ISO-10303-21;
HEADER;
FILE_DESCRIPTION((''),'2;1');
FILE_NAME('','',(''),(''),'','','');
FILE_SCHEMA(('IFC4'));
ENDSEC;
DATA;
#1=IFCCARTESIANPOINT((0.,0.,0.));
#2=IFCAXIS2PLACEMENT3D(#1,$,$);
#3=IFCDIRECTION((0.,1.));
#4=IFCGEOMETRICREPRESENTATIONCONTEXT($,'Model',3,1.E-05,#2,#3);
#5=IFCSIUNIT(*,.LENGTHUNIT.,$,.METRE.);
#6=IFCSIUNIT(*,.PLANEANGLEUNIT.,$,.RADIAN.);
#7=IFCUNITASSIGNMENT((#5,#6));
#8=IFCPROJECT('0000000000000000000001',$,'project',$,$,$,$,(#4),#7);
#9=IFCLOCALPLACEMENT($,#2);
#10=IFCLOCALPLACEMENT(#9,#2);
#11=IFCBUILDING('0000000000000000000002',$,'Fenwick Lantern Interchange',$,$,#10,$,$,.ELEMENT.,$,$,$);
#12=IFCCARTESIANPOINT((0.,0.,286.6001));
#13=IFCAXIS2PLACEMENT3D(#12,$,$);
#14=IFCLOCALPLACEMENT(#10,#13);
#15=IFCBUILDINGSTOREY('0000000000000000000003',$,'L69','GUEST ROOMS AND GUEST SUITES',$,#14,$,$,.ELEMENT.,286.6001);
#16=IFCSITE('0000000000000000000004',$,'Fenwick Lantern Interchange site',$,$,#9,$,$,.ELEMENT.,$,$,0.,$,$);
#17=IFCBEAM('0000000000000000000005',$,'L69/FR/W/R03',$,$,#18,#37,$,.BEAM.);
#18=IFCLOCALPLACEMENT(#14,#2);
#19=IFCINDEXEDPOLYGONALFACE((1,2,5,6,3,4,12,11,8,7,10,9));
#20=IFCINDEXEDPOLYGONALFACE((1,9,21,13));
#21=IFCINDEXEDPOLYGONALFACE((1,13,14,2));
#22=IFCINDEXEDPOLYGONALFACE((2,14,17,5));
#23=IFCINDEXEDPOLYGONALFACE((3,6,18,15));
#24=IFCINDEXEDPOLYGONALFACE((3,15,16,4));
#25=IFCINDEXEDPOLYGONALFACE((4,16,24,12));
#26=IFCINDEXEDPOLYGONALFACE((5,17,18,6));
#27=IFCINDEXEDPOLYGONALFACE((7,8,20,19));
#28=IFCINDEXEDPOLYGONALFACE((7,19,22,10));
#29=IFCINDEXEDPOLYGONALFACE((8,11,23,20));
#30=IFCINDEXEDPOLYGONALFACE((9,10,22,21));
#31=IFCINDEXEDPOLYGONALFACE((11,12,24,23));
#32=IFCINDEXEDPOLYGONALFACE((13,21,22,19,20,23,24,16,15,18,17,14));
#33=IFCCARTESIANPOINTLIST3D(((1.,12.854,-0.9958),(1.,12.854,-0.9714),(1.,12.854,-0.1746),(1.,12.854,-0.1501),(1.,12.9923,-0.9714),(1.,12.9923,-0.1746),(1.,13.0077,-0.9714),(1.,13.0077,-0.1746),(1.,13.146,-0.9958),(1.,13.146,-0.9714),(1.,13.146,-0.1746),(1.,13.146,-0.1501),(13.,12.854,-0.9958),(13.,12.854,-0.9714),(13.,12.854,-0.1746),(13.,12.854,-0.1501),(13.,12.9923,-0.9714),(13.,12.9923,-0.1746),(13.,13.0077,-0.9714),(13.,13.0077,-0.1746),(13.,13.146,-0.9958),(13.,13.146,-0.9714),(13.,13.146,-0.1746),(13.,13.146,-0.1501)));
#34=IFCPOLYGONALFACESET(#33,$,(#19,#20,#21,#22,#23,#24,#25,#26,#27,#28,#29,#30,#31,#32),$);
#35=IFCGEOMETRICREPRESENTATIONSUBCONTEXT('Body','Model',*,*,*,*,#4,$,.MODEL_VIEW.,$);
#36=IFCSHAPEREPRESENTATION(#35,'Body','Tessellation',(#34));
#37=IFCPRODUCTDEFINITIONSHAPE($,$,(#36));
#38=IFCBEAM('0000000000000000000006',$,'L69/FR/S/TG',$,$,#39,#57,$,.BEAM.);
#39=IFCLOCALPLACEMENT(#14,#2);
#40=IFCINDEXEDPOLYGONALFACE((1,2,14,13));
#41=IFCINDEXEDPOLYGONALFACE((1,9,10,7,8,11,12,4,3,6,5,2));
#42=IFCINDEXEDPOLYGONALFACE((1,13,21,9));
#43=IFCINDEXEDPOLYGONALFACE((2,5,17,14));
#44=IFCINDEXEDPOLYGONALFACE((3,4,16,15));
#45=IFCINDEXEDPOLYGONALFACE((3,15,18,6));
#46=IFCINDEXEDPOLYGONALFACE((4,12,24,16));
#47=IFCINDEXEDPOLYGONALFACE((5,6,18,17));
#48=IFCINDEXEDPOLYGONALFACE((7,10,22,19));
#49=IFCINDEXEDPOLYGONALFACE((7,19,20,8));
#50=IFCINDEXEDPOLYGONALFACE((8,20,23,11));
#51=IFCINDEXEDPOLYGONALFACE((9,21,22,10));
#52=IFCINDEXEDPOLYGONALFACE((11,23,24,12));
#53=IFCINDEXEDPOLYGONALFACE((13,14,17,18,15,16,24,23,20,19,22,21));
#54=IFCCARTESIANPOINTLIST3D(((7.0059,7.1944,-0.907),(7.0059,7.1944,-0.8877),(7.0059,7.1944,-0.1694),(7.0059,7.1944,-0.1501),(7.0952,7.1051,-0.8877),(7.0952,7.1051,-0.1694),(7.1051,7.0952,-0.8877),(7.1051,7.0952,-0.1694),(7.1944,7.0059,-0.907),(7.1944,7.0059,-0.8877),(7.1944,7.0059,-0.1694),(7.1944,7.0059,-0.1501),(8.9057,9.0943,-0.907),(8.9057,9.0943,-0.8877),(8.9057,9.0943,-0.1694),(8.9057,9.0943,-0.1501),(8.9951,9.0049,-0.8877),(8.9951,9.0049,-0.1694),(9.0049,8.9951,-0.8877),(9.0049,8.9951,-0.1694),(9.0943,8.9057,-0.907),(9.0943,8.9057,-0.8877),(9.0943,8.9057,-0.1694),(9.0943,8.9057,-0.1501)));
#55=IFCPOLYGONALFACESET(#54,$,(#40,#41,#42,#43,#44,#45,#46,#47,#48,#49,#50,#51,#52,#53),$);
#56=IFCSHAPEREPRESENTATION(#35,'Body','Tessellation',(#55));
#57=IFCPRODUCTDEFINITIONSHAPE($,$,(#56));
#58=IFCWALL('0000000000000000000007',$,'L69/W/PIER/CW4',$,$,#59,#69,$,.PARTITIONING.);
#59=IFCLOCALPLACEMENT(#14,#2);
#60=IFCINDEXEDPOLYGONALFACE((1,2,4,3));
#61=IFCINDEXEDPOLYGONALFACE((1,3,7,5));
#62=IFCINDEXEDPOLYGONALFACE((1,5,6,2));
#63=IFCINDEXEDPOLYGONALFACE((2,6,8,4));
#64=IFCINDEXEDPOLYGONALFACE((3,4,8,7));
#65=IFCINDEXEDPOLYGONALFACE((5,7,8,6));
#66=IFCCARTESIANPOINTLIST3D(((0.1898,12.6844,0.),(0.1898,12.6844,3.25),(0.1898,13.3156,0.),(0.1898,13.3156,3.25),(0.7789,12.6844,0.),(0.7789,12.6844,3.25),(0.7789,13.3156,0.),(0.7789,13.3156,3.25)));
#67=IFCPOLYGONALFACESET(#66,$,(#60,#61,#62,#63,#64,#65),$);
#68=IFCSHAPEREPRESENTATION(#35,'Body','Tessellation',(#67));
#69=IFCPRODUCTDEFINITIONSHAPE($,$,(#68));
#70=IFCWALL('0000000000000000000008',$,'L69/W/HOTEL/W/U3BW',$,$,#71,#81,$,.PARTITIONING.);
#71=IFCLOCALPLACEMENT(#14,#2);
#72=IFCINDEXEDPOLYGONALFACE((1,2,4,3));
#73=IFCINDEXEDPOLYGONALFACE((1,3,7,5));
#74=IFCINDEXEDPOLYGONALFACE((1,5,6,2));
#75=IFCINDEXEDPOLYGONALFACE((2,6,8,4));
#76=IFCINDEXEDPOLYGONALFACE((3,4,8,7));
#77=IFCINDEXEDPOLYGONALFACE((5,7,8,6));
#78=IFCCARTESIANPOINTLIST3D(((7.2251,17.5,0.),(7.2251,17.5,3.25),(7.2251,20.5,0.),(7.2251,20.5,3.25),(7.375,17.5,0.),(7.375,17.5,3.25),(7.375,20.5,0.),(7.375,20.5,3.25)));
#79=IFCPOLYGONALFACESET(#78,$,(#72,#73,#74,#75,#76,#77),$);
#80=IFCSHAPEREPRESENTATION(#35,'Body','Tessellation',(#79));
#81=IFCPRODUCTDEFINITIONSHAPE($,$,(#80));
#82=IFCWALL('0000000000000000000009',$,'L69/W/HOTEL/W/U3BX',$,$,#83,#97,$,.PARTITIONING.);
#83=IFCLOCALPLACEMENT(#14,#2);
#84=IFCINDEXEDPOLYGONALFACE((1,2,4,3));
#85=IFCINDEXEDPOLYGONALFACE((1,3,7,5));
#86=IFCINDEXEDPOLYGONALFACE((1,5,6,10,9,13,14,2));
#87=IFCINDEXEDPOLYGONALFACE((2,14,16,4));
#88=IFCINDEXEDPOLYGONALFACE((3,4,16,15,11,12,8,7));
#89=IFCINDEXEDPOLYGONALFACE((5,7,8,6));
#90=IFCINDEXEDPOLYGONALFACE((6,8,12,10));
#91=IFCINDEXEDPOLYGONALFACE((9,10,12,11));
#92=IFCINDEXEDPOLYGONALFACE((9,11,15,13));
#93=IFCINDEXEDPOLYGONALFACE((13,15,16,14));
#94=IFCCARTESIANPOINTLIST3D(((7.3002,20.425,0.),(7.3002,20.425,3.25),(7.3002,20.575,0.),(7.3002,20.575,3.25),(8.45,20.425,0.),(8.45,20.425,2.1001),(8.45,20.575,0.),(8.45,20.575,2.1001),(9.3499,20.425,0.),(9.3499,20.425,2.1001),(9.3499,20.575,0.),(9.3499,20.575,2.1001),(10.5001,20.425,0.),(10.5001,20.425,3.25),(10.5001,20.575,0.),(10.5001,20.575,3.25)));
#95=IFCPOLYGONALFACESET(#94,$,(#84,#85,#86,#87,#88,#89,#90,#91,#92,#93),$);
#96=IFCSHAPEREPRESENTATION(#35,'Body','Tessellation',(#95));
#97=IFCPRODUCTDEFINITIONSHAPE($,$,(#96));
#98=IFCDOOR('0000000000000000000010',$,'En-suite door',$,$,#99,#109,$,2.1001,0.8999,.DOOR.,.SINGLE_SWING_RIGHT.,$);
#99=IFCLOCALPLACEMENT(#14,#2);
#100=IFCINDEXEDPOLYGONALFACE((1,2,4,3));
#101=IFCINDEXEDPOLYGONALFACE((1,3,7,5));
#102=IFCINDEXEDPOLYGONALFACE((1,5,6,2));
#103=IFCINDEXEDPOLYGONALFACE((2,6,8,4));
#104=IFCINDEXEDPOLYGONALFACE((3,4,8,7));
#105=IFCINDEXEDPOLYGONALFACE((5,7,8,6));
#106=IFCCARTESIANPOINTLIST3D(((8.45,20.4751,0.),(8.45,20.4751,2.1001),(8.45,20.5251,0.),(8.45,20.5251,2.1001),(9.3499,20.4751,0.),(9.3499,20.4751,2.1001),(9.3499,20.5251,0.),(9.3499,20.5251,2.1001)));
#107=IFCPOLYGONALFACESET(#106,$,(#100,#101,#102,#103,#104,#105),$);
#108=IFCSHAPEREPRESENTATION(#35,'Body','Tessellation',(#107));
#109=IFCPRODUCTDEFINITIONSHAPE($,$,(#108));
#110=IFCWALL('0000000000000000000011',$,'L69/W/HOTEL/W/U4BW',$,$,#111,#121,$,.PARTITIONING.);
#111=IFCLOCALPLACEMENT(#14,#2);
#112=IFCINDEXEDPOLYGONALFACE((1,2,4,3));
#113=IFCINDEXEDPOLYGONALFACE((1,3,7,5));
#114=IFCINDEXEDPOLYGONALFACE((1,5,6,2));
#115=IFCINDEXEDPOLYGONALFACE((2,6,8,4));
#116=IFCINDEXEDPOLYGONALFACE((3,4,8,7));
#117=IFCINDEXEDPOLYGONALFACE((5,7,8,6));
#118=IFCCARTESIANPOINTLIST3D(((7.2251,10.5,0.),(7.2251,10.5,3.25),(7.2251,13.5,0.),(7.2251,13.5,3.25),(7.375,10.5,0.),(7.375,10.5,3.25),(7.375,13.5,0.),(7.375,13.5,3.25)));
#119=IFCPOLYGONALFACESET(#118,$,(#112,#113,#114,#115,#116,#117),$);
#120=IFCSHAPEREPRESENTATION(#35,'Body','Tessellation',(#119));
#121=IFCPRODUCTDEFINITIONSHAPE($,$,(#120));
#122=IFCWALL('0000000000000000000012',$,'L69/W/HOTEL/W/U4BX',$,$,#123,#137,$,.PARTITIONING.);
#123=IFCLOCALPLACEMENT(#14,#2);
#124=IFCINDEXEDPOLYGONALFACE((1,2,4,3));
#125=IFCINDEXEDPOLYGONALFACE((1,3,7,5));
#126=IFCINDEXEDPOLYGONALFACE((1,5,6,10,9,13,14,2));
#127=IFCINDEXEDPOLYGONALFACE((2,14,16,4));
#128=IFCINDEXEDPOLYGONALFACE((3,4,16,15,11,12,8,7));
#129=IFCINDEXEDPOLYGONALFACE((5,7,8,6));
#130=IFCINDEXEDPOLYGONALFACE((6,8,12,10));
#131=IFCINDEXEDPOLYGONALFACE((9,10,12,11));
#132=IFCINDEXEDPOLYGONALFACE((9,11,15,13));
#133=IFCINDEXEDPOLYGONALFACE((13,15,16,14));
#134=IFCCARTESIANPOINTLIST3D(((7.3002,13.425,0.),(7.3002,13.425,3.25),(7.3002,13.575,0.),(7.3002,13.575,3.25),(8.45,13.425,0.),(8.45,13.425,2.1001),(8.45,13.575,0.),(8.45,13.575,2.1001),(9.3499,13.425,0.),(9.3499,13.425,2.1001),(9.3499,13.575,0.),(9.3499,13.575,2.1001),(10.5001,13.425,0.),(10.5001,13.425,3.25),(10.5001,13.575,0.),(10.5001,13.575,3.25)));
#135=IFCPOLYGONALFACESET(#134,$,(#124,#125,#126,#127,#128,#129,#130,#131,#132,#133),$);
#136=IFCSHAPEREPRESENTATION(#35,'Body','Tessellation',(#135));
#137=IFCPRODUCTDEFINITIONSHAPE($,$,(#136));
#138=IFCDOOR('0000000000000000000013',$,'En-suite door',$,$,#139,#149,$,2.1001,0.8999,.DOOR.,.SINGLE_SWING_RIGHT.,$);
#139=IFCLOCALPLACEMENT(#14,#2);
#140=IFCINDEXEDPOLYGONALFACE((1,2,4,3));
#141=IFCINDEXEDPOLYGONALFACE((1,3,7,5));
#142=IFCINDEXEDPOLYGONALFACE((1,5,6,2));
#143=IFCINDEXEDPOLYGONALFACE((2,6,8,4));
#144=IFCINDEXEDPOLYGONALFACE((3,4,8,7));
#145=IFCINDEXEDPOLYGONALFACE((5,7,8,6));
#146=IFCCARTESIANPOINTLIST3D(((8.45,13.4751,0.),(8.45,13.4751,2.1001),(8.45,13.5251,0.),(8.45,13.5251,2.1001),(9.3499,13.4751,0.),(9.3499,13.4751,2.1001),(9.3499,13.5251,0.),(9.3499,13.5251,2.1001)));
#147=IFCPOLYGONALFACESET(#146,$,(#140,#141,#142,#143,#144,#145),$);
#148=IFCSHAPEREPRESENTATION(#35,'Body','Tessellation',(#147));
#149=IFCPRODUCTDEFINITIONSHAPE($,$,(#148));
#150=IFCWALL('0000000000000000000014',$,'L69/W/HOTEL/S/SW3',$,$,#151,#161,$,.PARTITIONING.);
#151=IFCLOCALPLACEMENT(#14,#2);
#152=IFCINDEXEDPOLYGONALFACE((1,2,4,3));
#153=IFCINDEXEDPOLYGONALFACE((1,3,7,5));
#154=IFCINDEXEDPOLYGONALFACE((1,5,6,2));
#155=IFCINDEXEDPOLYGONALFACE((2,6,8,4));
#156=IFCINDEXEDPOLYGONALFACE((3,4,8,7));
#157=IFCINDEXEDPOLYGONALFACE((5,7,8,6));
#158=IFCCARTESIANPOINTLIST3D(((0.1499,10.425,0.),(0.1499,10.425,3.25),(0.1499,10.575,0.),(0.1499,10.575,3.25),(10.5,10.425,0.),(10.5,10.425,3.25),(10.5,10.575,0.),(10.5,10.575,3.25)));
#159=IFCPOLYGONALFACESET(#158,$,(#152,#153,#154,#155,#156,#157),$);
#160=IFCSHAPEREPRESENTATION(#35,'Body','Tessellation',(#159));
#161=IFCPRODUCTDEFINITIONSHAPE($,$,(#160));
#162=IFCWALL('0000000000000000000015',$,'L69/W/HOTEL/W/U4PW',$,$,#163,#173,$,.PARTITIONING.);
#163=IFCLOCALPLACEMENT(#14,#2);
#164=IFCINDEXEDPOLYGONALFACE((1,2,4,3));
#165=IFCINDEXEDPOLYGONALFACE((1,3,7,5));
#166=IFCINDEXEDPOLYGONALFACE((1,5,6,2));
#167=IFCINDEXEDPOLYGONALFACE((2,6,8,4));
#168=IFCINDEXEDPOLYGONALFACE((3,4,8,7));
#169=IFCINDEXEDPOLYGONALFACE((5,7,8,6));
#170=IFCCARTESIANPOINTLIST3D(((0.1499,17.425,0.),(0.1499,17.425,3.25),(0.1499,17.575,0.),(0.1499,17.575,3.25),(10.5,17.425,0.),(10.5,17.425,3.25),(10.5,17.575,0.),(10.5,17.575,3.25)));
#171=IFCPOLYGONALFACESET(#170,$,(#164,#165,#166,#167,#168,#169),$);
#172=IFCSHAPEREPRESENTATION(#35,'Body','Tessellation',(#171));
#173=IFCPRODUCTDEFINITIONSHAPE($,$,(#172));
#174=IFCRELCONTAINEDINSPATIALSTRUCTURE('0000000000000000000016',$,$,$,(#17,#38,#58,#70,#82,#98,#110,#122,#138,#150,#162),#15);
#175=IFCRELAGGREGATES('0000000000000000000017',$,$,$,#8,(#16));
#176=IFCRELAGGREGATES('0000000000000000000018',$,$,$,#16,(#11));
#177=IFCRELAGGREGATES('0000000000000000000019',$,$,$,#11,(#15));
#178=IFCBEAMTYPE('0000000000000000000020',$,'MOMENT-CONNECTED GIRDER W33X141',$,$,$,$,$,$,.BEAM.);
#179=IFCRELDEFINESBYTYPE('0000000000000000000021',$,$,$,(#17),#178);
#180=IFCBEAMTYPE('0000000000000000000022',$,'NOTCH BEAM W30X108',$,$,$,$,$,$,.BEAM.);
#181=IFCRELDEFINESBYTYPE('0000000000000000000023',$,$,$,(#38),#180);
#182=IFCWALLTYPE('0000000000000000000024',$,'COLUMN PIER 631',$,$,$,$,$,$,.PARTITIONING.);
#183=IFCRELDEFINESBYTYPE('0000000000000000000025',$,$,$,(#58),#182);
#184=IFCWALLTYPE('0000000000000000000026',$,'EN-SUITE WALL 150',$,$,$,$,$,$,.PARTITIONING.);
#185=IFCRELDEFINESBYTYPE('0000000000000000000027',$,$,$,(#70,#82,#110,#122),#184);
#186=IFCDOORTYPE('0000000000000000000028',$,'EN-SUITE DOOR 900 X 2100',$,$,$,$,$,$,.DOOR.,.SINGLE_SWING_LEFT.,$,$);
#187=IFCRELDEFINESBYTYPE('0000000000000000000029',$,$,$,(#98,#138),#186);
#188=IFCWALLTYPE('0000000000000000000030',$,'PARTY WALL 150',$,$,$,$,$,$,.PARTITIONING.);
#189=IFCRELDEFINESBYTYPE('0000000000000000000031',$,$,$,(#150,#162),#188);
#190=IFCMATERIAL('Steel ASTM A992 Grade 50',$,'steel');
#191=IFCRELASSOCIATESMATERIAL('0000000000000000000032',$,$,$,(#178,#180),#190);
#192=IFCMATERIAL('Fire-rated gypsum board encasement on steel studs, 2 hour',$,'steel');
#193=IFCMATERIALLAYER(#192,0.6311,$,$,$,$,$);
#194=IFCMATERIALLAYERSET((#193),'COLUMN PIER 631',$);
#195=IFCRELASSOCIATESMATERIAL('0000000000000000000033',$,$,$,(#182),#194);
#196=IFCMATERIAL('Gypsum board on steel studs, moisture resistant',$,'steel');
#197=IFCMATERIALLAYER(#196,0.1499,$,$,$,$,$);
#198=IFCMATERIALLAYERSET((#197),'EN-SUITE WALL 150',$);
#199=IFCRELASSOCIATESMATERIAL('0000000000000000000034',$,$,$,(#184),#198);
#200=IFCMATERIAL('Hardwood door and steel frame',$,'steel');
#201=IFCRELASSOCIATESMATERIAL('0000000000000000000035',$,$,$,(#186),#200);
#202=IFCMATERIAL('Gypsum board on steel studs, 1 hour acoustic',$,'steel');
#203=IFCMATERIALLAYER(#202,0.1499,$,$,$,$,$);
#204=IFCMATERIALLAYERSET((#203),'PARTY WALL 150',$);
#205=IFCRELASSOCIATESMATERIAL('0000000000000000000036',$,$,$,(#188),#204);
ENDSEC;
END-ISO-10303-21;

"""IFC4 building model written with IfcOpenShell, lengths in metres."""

from ifc_helpers import new_model, si_unit, direction, frame, frame_2d, origin, origin_2d, place, context, subcontext, project, spatial, rectangle, i_section, extrude, material, layer, layer_set, material_profile, profile_set, type_object, element, fill, save


model = new_model("IFC4")

# Units and contexts
model_context = context("Model", 3, precision=1e-05, world=origin(), true_north=direction((0.0, 1.0)))
body_context = subcontext(model_context, "Body", "Model", "MODEL_VIEW")
ifc_project = project(units=[si_unit("LENGTHUNIT", "METRE"), si_unit("PLANEANGLEUNIT", "RADIAN")], contexts=[model_context])

# Site, building, storey
site_placement = place(None, origin())
site = spatial("IfcSite", under=ifc_project, at=site_placement, Name="Fenwick Lantern Interchange site", CompositionType="ELEMENT", RefElevation=0.0)
building_placement = place(site_placement, origin())
building = spatial("IfcBuilding", under=site, at=building_placement, Name="Fenwick Lantern Interchange", CompositionType="ELEMENT")
storey_placement = place(building_placement, frame((0.0, 0.0, 286.6001)))
storey = spatial("IfcBuildingStorey", under=building, at=storey_placement, Name="L69", Description="GUEST ROOMS AND GUEST SUITES", CompositionType="ELEMENT", Elevation=286.6001)

# Shared definitions
ifc_material_1 = material(Name="Steel ASTM A992 Grade 50", Category="steel")

# Beams
ifc_material_profile_1 = material_profile(ifc_material_1, i_section(OverallWidth=0.292, OverallDepth=0.8457, WebThickness=0.0154, FlangeThickness=0.0244, at=origin_2d()), Name="W33X141")
ifc_profile_set_1 = profile_set([ifc_material_profile_1], Name="Steel ASTM A992 Grade 50")
beam_type_1 = type_object("IfcBeamType", Name="MOMENT-CONNECTED GIRDER W33X141", PredefinedType="BEAM", material=ifc_profile_set_1)
beam_1_placement = place(storey_placement, frame((1.0, 13.0, -0.573), z_axis=(1.0, 0.0, 0.0), x_axis=(0.0, 1.0, 0.0)))
element("IfcBeam", 1, at=beam_1_placement, inside=storey, type_object=beam_type_1, Name="L69/FR/W/R03", PredefinedType="BEAM", context=body_context, shape_type="SweptSolid", body=[
    extrude(i_section(OverallWidth=0.292, OverallDepth=0.8457, WebThickness=0.0154, FlangeThickness=0.0244, at=origin_2d()), origin(), (0.0, 0.0, 1.0), 12.0),
])
ifc_material_profile_2 = material_profile(ifc_material_1, i_section(OverallWidth=0.2666, OverallDepth=0.7568, WebThickness=0.0139, FlangeThickness=0.0193, at=origin_2d()), Name="W30X108")
ifc_profile_set_2 = profile_set([ifc_material_profile_2], Name="Steel ASTM A992 Grade 50")
beam_type_2 = type_object("IfcBeamType", Name="NOTCH BEAM W30X108", PredefinedType="BEAM", material=ifc_profile_set_2)
beam_2_placement = place(storey_placement, frame((9.0, 9.0, -0.5286), z_axis=(-0.707107, -0.707107, 0.0), x_axis=(0.707107, -0.707107, 0.0)))
element("IfcBeam", 2, at=beam_2_placement, inside=storey, type_object=beam_type_2, Name="L69/FR/S/TG", PredefinedType="BEAM", context=body_context, shape_type="SweptSolid", body=[
    extrude(i_section(OverallWidth=0.2666, OverallDepth=0.7568, WebThickness=0.0139, FlangeThickness=0.0193, at=origin_2d()), origin(), (0.0, 0.0, 1.0), 2.6868),
])

# Walls
ifc_material_2 = material(Name="Fire-rated gypsum board encasement on steel studs, 2 hour", Category="steel")
ifc_layer_1 = layer(ifc_material_2, 0.6311)
ifc_layer_set_1 = layer_set([ifc_layer_1], Name="COLUMN PIER 631")
wall_type_1 = type_object("IfcWallType", Name="COLUMN PIER 631", PredefinedType="PARTITIONING", material=ifc_layer_set_1)
wall_1_placement = place(storey_placement, frame((0.1899, 13.0, 0.0), z_axis=(0.0, 0.0, 1.0), x_axis=(1.0, 0.0, 0.0)))
element("IfcWall", 3, at=wall_1_placement, inside=storey, type_object=wall_type_1, Name="L69/W/PIER/CW4", PredefinedType="PARTITIONING", context=body_context, shape_type="SweptSolid", body=[
    extrude(rectangle(XDim=0.5891, YDim=0.6311, at=frame_2d((0.2944, 0.0))), origin(), (0.0, 0.0, 1.0), 3.25),
])
ifc_material_3 = material(Name="Gypsum board on steel studs, moisture resistant", Category="steel")
ifc_layer_2 = layer(ifc_material_3, 0.1499)
ifc_layer_set_2 = layer_set([ifc_layer_2], Name="EN-SUITE WALL 150")
wall_type_2 = type_object("IfcWallType", Name="EN-SUITE WALL 150", PredefinedType="PARTITIONING", material=ifc_layer_set_2)
wall_2_placement = place(storey_placement, frame((7.3, 20.5, 0.0), z_axis=(0.0, 0.0, 1.0), x_axis=(0.0, -1.0, 0.0)))
element("IfcWall", 4, at=wall_2_placement, inside=storey, type_object=wall_type_2, Name="L69/W/HOTEL/W/U3BW", PredefinedType="PARTITIONING", context=body_context, shape_type="SweptSolid", body=[
    extrude(rectangle(XDim=3.0, YDim=0.1499, at=frame_2d((1.5, 0.0))), origin(), (0.0, 0.0, 1.0), 3.25),
])

# Wall, opening, door
wall_3_placement = place(storey_placement, frame((7.3, 20.5, 0.0), z_axis=(0.0, 0.0, 1.0), x_axis=(1.0, 0.0, 0.0)))
wall_3 = element("IfcWall", 5, at=wall_3_placement, inside=storey, type_object=wall_type_2, Name="L69/W/HOTEL/W/U3BX", PredefinedType="PARTITIONING", context=body_context, shape_type="SweptSolid", body=[
    extrude(rectangle(XDim=3.2, YDim=0.1499, at=frame_2d((1.6001, 0.0))), origin(), (0.0, 0.0, 1.0), 3.25),
])
opening_1_placement = place(wall_3_placement, frame((1.1499, 0.0, 0.0)))
opening_1 = element("IfcOpeningElement", 6, at=opening_1_placement, cuts=wall_3, PredefinedType="OPENING", context=body_context, shape_type="SweptSolid", body=[
    extrude(rectangle(XDim=0.8999, YDim=2.1001, at=frame_2d((0.45, 1.05))), frame((0.0, 0.085, 0.0), z_axis=(0.0, -1.0, 0.0), x_axis=(1.0, 0.0, 0.0)), (0.0, 0.0, 1.0), 0.1699),
])
ifc_material_4 = material(Name="Hardwood door and steel frame", Category="steel")
door_type = type_object("IfcDoorType", Name="EN-SUITE DOOR 900 X 2100", OperationType="SINGLE_SWING_LEFT", PredefinedType="DOOR", material=ifc_material_4)
door_1_placement = place(opening_1_placement, frame((0.8999, 0.0, 0.0), z_axis=(0.0, 0.0, 1.0), x_axis=(-1.0, 0.0, 0.0)))
door_1 = element("IfcDoor", 7, at=door_1_placement, inside=storey, type_object=door_type, Name="En-suite door", OperationType="SINGLE_SWING_RIGHT", OverallHeight=2.1001, OverallWidth=0.8999, PredefinedType="DOOR", context=body_context, shape_type="SweptSolid", body=[
    extrude(rectangle(XDim=0.8999, YDim=2.1001, at=frame_2d((0.45, 1.05))), frame((0.0, 0.0249, 0.0), z_axis=(0.0, -1.0, 0.0), x_axis=(1.0, 0.0, 0.0)), (0.0, 0.0, 1.0), 0.05),
])
fill(opening_1, door_1)

# Wall
wall_4_placement = place(storey_placement, frame((7.3, 13.5, 0.0), z_axis=(0.0, 0.0, 1.0), x_axis=(0.0, -1.0, 0.0)))
element("IfcWall", 8, at=wall_4_placement, inside=storey, type_object=wall_type_2, Name="L69/W/HOTEL/W/U4BW", PredefinedType="PARTITIONING", context=body_context, shape_type="SweptSolid", body=[
    extrude(rectangle(XDim=3.0, YDim=0.1499, at=frame_2d((1.5, 0.0))), origin(), (0.0, 0.0, 1.0), 3.25),
])

# Wall, opening, door
wall_5_placement = place(storey_placement, frame((7.3, 13.5, 0.0), z_axis=(0.0, 0.0, 1.0), x_axis=(1.0, 0.0, 0.0)))
wall_5 = element("IfcWall", 9, at=wall_5_placement, inside=storey, type_object=wall_type_2, Name="L69/W/HOTEL/W/U4BX", PredefinedType="PARTITIONING", context=body_context, shape_type="SweptSolid", body=[
    extrude(rectangle(XDim=3.2, YDim=0.1499, at=frame_2d((1.6001, 0.0))), origin(), (0.0, 0.0, 1.0), 3.25),
])
opening_2_placement = place(wall_5_placement, frame((1.1499, 0.0, 0.0)))
opening_2 = element("IfcOpeningElement", 10, at=opening_2_placement, cuts=wall_5, PredefinedType="OPENING", context=body_context, shape_type="SweptSolid", body=[
    extrude(rectangle(XDim=0.8999, YDim=2.1001, at=frame_2d((0.45, 1.05))), frame((0.0, 0.085, 0.0), z_axis=(0.0, -1.0, 0.0), x_axis=(1.0, 0.0, 0.0)), (0.0, 0.0, 1.0), 0.1699),
])
door_2_placement = place(opening_2_placement, frame((0.8999, 0.0, 0.0), z_axis=(0.0, 0.0, 1.0), x_axis=(-1.0, 0.0, 0.0)))
door_2 = element("IfcDoor", 11, at=door_2_placement, inside=storey, type_object=door_type, Name="En-suite door", OperationType="SINGLE_SWING_RIGHT", OverallHeight=2.1001, OverallWidth=0.8999, PredefinedType="DOOR", context=body_context, shape_type="SweptSolid", body=[
    extrude(rectangle(XDim=0.8999, YDim=2.1001, at=frame_2d((0.45, 1.05))), frame((0.0, 0.0249, 0.0), z_axis=(0.0, -1.0, 0.0), x_axis=(1.0, 0.0, 0.0)), (0.0, 0.0, 1.0), 0.05),
])
fill(opening_2, door_2)

# Walls
ifc_material_5 = material(Name="Gypsum board on steel studs, 1 hour acoustic", Category="steel")
ifc_layer_3 = layer(ifc_material_5, 0.1499)
ifc_layer_set_3 = layer_set([ifc_layer_3], Name="PARTY WALL 150")
wall_type_3 = type_object("IfcWallType", Name="PARTY WALL 150", PredefinedType="PARTITIONING", material=ifc_layer_set_3)
for number, where, z_axis, x_axis, name in (
    (12, (0.1499, 10.5, 0.0), (0.0, 0.0, 1.0), (1.0, 0.0, 0.0), "L69/W/HOTEL/S/SW3"),
    (13, (0.1499, 17.5, 0.0), (0.0, 0.0, 1.0), (1.0, 0.0, 0.0), "L69/W/HOTEL/W/U4PW"),
):
    element("IfcWall", number, at=place(storey_placement, frame(where, z_axis=z_axis, x_axis=x_axis)), inside=storey, type_object=wall_type_3, Name=name, PredefinedType="PARTITIONING", context=body_context, shape_type="SweptSolid", body=[
        extrude(rectangle(XDim=10.3501, YDim=0.1499, at=frame_2d((5.175, 0.0))), origin(), (0.0, 0.0, 1.0), 3.25),
    ])

save(model, "model.ifc")
